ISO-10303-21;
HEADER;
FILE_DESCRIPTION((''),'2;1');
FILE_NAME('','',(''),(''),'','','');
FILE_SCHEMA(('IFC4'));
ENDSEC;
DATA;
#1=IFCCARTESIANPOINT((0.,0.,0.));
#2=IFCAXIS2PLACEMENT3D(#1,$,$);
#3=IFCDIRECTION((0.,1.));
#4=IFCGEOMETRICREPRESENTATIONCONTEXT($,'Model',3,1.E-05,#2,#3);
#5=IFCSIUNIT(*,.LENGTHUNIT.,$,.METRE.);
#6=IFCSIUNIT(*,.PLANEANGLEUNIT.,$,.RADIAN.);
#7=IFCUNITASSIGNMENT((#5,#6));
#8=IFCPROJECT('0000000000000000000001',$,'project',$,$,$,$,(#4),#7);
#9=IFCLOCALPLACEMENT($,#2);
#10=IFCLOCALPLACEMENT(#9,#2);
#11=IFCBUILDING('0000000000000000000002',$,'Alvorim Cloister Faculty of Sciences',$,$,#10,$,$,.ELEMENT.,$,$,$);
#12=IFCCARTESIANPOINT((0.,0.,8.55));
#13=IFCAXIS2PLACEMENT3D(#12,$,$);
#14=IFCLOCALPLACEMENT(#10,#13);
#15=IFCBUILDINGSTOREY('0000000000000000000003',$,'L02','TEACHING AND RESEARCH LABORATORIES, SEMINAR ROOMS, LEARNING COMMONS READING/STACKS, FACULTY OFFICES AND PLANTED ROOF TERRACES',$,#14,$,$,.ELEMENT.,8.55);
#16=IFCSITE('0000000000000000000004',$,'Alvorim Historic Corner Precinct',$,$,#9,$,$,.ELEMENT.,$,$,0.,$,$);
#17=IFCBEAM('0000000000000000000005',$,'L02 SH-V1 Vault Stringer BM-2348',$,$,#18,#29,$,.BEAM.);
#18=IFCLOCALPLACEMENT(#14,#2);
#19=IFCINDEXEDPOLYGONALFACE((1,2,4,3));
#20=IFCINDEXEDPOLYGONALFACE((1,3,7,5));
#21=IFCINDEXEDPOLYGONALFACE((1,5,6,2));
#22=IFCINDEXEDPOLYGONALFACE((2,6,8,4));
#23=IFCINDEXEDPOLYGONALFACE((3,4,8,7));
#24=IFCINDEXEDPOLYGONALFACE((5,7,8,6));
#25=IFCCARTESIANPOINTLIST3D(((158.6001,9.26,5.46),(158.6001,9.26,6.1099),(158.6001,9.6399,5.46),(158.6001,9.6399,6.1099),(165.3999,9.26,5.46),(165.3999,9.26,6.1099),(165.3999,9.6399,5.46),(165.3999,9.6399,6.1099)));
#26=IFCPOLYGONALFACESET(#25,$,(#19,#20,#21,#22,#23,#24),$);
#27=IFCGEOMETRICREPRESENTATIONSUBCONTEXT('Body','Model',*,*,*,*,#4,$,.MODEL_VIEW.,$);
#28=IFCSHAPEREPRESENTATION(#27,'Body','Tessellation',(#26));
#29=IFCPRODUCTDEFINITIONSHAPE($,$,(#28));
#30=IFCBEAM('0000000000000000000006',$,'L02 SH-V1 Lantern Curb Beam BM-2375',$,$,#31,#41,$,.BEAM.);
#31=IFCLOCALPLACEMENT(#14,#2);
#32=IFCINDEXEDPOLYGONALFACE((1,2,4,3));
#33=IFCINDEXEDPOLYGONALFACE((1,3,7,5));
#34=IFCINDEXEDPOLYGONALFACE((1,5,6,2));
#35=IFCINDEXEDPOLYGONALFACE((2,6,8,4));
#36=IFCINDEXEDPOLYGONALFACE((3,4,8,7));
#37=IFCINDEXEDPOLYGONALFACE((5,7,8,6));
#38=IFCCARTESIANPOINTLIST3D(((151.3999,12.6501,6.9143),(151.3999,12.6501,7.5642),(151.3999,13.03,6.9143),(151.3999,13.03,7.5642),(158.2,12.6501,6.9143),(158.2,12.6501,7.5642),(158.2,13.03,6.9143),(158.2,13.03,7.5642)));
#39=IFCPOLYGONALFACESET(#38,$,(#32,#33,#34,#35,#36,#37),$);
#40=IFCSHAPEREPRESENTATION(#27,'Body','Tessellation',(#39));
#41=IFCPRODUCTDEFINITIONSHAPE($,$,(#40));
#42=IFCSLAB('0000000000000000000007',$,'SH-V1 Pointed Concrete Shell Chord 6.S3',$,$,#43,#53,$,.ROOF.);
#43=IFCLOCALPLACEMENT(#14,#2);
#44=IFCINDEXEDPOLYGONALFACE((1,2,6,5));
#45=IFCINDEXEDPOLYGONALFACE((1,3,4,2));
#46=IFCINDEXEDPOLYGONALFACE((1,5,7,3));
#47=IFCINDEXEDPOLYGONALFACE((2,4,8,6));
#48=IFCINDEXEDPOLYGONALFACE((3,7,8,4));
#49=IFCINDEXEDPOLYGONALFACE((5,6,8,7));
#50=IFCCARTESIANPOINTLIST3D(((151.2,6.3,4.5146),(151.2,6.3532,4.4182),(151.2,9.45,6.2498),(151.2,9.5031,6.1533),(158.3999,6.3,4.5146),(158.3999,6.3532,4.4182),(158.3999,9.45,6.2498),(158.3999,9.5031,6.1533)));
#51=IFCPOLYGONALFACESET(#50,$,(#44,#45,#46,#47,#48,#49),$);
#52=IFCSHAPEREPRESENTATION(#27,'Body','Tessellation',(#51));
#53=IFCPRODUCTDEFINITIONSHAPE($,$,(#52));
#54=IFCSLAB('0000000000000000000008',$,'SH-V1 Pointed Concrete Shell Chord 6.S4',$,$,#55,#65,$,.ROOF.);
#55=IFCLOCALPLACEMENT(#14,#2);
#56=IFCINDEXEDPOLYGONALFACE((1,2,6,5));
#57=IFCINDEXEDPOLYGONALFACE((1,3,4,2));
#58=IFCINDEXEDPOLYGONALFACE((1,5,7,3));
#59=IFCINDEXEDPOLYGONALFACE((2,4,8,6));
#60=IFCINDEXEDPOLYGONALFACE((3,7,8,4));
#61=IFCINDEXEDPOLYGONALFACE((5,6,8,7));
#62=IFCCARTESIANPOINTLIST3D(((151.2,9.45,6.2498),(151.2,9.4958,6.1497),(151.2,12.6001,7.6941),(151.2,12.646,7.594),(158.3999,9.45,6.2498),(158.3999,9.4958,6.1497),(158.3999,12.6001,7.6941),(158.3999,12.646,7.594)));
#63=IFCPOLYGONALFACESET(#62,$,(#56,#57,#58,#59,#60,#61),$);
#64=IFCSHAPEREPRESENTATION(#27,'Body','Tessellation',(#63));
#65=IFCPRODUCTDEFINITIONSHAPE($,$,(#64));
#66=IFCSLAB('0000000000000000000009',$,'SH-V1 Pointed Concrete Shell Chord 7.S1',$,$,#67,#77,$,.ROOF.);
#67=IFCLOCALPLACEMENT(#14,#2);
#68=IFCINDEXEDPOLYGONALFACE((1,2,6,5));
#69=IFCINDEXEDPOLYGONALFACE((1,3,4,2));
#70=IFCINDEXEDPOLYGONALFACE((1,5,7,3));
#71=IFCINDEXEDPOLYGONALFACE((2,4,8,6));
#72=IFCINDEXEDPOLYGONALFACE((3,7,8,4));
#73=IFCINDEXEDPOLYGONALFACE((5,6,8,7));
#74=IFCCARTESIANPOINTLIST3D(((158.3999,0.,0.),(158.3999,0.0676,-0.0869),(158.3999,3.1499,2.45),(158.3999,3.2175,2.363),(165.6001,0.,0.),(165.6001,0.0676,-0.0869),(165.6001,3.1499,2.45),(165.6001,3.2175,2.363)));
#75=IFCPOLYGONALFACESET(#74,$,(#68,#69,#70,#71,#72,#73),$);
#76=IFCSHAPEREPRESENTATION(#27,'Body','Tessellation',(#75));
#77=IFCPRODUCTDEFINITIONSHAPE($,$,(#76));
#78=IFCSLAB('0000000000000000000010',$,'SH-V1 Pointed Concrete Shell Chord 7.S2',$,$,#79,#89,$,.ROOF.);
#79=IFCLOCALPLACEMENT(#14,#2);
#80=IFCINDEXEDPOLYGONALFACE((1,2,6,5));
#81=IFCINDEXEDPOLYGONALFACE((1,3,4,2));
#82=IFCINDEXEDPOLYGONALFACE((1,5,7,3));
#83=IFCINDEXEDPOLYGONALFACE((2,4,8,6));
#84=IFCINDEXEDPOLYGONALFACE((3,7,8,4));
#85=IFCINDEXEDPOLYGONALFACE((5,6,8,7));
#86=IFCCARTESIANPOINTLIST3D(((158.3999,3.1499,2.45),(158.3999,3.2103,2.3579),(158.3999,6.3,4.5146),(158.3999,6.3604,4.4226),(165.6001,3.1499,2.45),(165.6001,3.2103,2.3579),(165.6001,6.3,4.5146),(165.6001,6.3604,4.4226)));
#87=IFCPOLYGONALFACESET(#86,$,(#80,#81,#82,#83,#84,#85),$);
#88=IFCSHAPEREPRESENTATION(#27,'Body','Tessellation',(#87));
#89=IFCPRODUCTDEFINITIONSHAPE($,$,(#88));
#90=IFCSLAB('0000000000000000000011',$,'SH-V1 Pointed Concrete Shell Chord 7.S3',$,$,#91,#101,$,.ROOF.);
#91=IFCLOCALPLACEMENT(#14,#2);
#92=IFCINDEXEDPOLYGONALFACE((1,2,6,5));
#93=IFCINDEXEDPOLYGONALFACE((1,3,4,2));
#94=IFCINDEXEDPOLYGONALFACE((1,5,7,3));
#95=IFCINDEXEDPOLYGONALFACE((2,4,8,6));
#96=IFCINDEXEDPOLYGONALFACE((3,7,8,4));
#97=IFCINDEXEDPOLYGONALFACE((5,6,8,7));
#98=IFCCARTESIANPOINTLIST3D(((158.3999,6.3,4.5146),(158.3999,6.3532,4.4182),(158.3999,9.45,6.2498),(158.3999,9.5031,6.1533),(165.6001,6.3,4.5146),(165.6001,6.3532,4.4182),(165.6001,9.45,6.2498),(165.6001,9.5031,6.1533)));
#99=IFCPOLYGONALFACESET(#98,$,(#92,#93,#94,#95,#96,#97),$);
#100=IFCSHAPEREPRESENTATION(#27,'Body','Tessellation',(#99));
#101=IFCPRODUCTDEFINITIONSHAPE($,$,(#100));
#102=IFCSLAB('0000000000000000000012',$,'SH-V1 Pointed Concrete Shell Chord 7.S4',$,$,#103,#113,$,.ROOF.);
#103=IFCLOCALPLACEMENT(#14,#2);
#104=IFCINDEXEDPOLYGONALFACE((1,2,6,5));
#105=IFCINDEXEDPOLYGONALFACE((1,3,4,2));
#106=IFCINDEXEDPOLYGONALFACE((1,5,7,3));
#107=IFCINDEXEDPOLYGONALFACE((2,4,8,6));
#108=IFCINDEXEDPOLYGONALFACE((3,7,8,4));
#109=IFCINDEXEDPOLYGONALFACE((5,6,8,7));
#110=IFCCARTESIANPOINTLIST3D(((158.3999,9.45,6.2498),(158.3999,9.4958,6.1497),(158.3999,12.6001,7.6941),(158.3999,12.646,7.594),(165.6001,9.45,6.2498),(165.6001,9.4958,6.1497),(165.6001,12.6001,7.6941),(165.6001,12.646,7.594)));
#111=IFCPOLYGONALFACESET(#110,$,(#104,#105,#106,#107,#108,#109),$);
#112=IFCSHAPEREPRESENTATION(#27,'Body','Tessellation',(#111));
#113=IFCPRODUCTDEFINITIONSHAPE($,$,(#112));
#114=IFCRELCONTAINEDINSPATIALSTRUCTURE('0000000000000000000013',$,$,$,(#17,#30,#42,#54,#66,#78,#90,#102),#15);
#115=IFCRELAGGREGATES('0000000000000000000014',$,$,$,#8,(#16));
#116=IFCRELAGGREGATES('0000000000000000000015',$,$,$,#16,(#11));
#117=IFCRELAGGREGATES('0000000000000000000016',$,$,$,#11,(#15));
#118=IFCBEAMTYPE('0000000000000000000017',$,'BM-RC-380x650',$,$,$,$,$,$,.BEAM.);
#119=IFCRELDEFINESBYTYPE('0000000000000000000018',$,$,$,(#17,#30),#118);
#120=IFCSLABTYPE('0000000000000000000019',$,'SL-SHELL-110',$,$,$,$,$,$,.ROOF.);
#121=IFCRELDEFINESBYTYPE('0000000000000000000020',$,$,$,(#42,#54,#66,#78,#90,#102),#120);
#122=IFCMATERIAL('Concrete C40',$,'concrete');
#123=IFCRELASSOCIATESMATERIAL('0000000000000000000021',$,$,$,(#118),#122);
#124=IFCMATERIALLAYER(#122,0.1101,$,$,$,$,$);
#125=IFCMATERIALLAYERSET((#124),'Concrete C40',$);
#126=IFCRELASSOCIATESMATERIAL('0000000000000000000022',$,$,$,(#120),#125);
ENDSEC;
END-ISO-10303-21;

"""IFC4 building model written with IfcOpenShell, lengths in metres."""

from ifc_helpers import new_model, si_unit, direction, frame, origin, origin_2d, place, context, subcontext, project, spatial, polyline, rectangle, outline, extrude, material, layer, layer_set, material_profile, profile_set, type_object, element, save


model = new_model("IFC4")

# Units and contexts
model_context = context("Model", 3, precision=1e-05, world=origin(), true_north=direction((0.0, 1.0)))
body_context = subcontext(model_context, "Body", "Model", "MODEL_VIEW")
ifc_project = project(units=[si_unit("LENGTHUNIT", "METRE"), si_unit("PLANEANGLEUNIT", "RADIAN")], contexts=[model_context])

# Site, building, storey
site_placement = place(None, origin())
site = spatial("IfcSite", under=ifc_project, at=site_placement, Name="Alvorim Historic Corner Precinct", CompositionType="ELEMENT", RefElevation=0.0)
building_placement = place(site_placement, origin())
building = spatial("IfcBuilding", under=site, at=building_placement, Name="Alvorim Cloister Faculty of Sciences", CompositionType="ELEMENT")
storey_placement = place(building_placement, frame((0.0, 0.0, 8.55)))
storey = spatial("IfcBuildingStorey", under=building, at=storey_placement, Name="L02", Description="TEACHING AND RESEARCH LABORATORIES, SEMINAR ROOMS, LEARNING COMMONS READING/STACKS, FACULTY OFFICES AND PLANTED ROOF TERRACES", CompositionType="ELEMENT", Elevation=8.55)

# Beams
ifc_material_1 = material(Name="Concrete C40", Category="concrete")
ifc_material_profile_1 = material_profile(ifc_material_1, rectangle(XDim=0.3799, YDim=0.6499, at=origin_2d()), Name="RC40-BM-380x650")
ifc_profile_set_1 = profile_set([ifc_material_profile_1], Name="Concrete C40")
beam_type_1 = type_object("IfcBeamType", Name="BM-RC-380x650", PredefinedType="BEAM", material=ifc_profile_set_1)
beam_1_placement = place(storey_placement, frame((158.6001, 9.45, 5.7849), z_axis=(1.0, 0.0, 0.0), x_axis=(0.0, 1.0, 0.0)))
element("IfcBeam", 1, at=beam_1_placement, inside=storey, type_object=beam_type_1, Name="L02 SH-V1 Vault Stringer BM-2348", PredefinedType="BEAM", context=body_context, shape_type="SweptSolid", body=[
    extrude(rectangle(XDim=0.3799, YDim=0.6499, at=origin_2d()), origin(), (0.0, 0.0, 1.0), 6.7998),
])
beam_2_placement = place(storey_placement, frame((151.3999, 12.8401, 7.2393), z_axis=(1.0, 0.0, 0.0), x_axis=(0.0, 1.0, 0.0)))
element("IfcBeam", 2, at=beam_2_placement, inside=storey, type_object=beam_type_1, Name="L02 SH-V1 Lantern Curb Beam BM-2375", PredefinedType="BEAM", context=body_context, shape_type="SweptSolid", body=[
    extrude(rectangle(XDim=0.3799, YDim=0.6499, at=origin_2d()), origin(), (0.0, 0.0, 1.0), 6.8),
])

# Slabs
ifc_layer_1 = layer(ifc_material_1, 0.1101)
ifc_layer_set_1 = layer_set([ifc_layer_1], Name="Concrete C40")
slab_type = type_object("IfcSlabType", Name="SL-SHELL-110", PredefinedType="ROOF", material=ifc_layer_set_1)
slab_1_placement = place(storey_placement, frame((151.2, 6.3, 4.5146), z_axis=(0.0, -0.482487, 0.875903), x_axis=(1.0, 0.0, 0.0)))
element("IfcSlab", 3, at=slab_1_placement, inside=storey, type_object=slab_type, Name="SH-V1 Pointed Concrete Shell Chord 6.S3", PredefinedType="ROOF", context=body_context, shape_type="SweptSolid", body=[
    extrude(outline(polyline([(0.0, 0.0), (7.2, 0.0), (7.2, 3.5962), (0.0, 3.5962), (0.0, 0.0)])), origin(), (0.0, 0.0, -1.0), 0.1101),
])
slab_2_placement = place(storey_placement, frame((151.2, 9.45, 6.2498), z_axis=(0.0, -0.416778, 0.909008), x_axis=(1.0, 0.0, 0.0)))
element("IfcSlab", 4, at=slab_2_placement, inside=storey, type_object=slab_type, Name="SH-V1 Pointed Concrete Shell Chord 6.S4", PredefinedType="ROOF", context=body_context, shape_type="SweptSolid", body=[
    extrude(outline(polyline([(0.0, 0.0), (7.2, 0.0), (7.2, 3.4655), (0.0, 3.4655), (0.0, 0.0)])), origin(), (0.0, 0.0, -1.0), 0.1101),
])
slab_3_placement = place(storey_placement, frame((158.3999, 0.0, 0.0), z_axis=(0.0, -0.613945, 0.789349), x_axis=(1.0, 0.0, 0.0)))
element("IfcSlab", 5, at=slab_3_placement, inside=storey, type_object=slab_type, Name="SH-V1 Pointed Concrete Shell Chord 7.S1", PredefinedType="ROOF", context=body_context, shape_type="SweptSolid", body=[
    extrude(outline(polyline([(0.0, 0.0), (7.2002, 0.0), (7.2002, 3.9905), (0.0, 3.9905), (0.0, 0.0)])), origin(), (0.0, 0.0, -1.0), 0.1101),
])
slab_4_placement = place(storey_placement, frame((158.3999, 3.1499, 2.45), z_axis=(0.0, -0.548176, 0.836363), x_axis=(1.0, 0.0, 0.0)))
element("IfcSlab", 6, at=slab_4_placement, inside=storey, type_object=slab_type, Name="SH-V1 Pointed Concrete Shell Chord 7.S2", PredefinedType="ROOF", context=body_context, shape_type="SweptSolid", body=[
    extrude(outline(polyline([(0.0, 0.0), (7.2002, 0.0), (7.2002, 3.7665), (0.0, 3.7665), (0.0, 0.0)])), origin(), (0.0, 0.0, -1.0), 0.1101),
])
slab_5_placement = place(storey_placement, frame((158.3999, 6.3, 4.5146), z_axis=(0.0, -0.482487, 0.875903), x_axis=(1.0, 0.0, 0.0)))
element("IfcSlab", 7, at=slab_5_placement, inside=storey, type_object=slab_type, Name="SH-V1 Pointed Concrete Shell Chord 7.S3", PredefinedType="ROOF", context=body_context, shape_type="SweptSolid", body=[
    extrude(outline(polyline([(0.0, 0.0), (7.2002, 0.0), (7.2002, 3.5962), (0.0, 3.5962), (0.0, 0.0)])), origin(), (0.0, 0.0, -1.0), 0.1101),
])
slab_6_placement = place(storey_placement, frame((158.3999, 9.45, 6.2498), z_axis=(0.0, -0.416778, 0.909008), x_axis=(1.0, 0.0, 0.0)))
element("IfcSlab", 8, at=slab_6_placement, inside=storey, type_object=slab_type, Name="SH-V1 Pointed Concrete Shell Chord 7.S4", PredefinedType="ROOF", context=body_context, shape_type="SweptSolid", body=[
    extrude(outline(polyline([(0.0, 0.0), (7.2002, 0.0), (7.2002, 3.4655), (0.0, 3.4655), (0.0, 0.0)])), origin(), (0.0, 0.0, -1.0), 0.1101),
])

save(model, "model.ifc")
